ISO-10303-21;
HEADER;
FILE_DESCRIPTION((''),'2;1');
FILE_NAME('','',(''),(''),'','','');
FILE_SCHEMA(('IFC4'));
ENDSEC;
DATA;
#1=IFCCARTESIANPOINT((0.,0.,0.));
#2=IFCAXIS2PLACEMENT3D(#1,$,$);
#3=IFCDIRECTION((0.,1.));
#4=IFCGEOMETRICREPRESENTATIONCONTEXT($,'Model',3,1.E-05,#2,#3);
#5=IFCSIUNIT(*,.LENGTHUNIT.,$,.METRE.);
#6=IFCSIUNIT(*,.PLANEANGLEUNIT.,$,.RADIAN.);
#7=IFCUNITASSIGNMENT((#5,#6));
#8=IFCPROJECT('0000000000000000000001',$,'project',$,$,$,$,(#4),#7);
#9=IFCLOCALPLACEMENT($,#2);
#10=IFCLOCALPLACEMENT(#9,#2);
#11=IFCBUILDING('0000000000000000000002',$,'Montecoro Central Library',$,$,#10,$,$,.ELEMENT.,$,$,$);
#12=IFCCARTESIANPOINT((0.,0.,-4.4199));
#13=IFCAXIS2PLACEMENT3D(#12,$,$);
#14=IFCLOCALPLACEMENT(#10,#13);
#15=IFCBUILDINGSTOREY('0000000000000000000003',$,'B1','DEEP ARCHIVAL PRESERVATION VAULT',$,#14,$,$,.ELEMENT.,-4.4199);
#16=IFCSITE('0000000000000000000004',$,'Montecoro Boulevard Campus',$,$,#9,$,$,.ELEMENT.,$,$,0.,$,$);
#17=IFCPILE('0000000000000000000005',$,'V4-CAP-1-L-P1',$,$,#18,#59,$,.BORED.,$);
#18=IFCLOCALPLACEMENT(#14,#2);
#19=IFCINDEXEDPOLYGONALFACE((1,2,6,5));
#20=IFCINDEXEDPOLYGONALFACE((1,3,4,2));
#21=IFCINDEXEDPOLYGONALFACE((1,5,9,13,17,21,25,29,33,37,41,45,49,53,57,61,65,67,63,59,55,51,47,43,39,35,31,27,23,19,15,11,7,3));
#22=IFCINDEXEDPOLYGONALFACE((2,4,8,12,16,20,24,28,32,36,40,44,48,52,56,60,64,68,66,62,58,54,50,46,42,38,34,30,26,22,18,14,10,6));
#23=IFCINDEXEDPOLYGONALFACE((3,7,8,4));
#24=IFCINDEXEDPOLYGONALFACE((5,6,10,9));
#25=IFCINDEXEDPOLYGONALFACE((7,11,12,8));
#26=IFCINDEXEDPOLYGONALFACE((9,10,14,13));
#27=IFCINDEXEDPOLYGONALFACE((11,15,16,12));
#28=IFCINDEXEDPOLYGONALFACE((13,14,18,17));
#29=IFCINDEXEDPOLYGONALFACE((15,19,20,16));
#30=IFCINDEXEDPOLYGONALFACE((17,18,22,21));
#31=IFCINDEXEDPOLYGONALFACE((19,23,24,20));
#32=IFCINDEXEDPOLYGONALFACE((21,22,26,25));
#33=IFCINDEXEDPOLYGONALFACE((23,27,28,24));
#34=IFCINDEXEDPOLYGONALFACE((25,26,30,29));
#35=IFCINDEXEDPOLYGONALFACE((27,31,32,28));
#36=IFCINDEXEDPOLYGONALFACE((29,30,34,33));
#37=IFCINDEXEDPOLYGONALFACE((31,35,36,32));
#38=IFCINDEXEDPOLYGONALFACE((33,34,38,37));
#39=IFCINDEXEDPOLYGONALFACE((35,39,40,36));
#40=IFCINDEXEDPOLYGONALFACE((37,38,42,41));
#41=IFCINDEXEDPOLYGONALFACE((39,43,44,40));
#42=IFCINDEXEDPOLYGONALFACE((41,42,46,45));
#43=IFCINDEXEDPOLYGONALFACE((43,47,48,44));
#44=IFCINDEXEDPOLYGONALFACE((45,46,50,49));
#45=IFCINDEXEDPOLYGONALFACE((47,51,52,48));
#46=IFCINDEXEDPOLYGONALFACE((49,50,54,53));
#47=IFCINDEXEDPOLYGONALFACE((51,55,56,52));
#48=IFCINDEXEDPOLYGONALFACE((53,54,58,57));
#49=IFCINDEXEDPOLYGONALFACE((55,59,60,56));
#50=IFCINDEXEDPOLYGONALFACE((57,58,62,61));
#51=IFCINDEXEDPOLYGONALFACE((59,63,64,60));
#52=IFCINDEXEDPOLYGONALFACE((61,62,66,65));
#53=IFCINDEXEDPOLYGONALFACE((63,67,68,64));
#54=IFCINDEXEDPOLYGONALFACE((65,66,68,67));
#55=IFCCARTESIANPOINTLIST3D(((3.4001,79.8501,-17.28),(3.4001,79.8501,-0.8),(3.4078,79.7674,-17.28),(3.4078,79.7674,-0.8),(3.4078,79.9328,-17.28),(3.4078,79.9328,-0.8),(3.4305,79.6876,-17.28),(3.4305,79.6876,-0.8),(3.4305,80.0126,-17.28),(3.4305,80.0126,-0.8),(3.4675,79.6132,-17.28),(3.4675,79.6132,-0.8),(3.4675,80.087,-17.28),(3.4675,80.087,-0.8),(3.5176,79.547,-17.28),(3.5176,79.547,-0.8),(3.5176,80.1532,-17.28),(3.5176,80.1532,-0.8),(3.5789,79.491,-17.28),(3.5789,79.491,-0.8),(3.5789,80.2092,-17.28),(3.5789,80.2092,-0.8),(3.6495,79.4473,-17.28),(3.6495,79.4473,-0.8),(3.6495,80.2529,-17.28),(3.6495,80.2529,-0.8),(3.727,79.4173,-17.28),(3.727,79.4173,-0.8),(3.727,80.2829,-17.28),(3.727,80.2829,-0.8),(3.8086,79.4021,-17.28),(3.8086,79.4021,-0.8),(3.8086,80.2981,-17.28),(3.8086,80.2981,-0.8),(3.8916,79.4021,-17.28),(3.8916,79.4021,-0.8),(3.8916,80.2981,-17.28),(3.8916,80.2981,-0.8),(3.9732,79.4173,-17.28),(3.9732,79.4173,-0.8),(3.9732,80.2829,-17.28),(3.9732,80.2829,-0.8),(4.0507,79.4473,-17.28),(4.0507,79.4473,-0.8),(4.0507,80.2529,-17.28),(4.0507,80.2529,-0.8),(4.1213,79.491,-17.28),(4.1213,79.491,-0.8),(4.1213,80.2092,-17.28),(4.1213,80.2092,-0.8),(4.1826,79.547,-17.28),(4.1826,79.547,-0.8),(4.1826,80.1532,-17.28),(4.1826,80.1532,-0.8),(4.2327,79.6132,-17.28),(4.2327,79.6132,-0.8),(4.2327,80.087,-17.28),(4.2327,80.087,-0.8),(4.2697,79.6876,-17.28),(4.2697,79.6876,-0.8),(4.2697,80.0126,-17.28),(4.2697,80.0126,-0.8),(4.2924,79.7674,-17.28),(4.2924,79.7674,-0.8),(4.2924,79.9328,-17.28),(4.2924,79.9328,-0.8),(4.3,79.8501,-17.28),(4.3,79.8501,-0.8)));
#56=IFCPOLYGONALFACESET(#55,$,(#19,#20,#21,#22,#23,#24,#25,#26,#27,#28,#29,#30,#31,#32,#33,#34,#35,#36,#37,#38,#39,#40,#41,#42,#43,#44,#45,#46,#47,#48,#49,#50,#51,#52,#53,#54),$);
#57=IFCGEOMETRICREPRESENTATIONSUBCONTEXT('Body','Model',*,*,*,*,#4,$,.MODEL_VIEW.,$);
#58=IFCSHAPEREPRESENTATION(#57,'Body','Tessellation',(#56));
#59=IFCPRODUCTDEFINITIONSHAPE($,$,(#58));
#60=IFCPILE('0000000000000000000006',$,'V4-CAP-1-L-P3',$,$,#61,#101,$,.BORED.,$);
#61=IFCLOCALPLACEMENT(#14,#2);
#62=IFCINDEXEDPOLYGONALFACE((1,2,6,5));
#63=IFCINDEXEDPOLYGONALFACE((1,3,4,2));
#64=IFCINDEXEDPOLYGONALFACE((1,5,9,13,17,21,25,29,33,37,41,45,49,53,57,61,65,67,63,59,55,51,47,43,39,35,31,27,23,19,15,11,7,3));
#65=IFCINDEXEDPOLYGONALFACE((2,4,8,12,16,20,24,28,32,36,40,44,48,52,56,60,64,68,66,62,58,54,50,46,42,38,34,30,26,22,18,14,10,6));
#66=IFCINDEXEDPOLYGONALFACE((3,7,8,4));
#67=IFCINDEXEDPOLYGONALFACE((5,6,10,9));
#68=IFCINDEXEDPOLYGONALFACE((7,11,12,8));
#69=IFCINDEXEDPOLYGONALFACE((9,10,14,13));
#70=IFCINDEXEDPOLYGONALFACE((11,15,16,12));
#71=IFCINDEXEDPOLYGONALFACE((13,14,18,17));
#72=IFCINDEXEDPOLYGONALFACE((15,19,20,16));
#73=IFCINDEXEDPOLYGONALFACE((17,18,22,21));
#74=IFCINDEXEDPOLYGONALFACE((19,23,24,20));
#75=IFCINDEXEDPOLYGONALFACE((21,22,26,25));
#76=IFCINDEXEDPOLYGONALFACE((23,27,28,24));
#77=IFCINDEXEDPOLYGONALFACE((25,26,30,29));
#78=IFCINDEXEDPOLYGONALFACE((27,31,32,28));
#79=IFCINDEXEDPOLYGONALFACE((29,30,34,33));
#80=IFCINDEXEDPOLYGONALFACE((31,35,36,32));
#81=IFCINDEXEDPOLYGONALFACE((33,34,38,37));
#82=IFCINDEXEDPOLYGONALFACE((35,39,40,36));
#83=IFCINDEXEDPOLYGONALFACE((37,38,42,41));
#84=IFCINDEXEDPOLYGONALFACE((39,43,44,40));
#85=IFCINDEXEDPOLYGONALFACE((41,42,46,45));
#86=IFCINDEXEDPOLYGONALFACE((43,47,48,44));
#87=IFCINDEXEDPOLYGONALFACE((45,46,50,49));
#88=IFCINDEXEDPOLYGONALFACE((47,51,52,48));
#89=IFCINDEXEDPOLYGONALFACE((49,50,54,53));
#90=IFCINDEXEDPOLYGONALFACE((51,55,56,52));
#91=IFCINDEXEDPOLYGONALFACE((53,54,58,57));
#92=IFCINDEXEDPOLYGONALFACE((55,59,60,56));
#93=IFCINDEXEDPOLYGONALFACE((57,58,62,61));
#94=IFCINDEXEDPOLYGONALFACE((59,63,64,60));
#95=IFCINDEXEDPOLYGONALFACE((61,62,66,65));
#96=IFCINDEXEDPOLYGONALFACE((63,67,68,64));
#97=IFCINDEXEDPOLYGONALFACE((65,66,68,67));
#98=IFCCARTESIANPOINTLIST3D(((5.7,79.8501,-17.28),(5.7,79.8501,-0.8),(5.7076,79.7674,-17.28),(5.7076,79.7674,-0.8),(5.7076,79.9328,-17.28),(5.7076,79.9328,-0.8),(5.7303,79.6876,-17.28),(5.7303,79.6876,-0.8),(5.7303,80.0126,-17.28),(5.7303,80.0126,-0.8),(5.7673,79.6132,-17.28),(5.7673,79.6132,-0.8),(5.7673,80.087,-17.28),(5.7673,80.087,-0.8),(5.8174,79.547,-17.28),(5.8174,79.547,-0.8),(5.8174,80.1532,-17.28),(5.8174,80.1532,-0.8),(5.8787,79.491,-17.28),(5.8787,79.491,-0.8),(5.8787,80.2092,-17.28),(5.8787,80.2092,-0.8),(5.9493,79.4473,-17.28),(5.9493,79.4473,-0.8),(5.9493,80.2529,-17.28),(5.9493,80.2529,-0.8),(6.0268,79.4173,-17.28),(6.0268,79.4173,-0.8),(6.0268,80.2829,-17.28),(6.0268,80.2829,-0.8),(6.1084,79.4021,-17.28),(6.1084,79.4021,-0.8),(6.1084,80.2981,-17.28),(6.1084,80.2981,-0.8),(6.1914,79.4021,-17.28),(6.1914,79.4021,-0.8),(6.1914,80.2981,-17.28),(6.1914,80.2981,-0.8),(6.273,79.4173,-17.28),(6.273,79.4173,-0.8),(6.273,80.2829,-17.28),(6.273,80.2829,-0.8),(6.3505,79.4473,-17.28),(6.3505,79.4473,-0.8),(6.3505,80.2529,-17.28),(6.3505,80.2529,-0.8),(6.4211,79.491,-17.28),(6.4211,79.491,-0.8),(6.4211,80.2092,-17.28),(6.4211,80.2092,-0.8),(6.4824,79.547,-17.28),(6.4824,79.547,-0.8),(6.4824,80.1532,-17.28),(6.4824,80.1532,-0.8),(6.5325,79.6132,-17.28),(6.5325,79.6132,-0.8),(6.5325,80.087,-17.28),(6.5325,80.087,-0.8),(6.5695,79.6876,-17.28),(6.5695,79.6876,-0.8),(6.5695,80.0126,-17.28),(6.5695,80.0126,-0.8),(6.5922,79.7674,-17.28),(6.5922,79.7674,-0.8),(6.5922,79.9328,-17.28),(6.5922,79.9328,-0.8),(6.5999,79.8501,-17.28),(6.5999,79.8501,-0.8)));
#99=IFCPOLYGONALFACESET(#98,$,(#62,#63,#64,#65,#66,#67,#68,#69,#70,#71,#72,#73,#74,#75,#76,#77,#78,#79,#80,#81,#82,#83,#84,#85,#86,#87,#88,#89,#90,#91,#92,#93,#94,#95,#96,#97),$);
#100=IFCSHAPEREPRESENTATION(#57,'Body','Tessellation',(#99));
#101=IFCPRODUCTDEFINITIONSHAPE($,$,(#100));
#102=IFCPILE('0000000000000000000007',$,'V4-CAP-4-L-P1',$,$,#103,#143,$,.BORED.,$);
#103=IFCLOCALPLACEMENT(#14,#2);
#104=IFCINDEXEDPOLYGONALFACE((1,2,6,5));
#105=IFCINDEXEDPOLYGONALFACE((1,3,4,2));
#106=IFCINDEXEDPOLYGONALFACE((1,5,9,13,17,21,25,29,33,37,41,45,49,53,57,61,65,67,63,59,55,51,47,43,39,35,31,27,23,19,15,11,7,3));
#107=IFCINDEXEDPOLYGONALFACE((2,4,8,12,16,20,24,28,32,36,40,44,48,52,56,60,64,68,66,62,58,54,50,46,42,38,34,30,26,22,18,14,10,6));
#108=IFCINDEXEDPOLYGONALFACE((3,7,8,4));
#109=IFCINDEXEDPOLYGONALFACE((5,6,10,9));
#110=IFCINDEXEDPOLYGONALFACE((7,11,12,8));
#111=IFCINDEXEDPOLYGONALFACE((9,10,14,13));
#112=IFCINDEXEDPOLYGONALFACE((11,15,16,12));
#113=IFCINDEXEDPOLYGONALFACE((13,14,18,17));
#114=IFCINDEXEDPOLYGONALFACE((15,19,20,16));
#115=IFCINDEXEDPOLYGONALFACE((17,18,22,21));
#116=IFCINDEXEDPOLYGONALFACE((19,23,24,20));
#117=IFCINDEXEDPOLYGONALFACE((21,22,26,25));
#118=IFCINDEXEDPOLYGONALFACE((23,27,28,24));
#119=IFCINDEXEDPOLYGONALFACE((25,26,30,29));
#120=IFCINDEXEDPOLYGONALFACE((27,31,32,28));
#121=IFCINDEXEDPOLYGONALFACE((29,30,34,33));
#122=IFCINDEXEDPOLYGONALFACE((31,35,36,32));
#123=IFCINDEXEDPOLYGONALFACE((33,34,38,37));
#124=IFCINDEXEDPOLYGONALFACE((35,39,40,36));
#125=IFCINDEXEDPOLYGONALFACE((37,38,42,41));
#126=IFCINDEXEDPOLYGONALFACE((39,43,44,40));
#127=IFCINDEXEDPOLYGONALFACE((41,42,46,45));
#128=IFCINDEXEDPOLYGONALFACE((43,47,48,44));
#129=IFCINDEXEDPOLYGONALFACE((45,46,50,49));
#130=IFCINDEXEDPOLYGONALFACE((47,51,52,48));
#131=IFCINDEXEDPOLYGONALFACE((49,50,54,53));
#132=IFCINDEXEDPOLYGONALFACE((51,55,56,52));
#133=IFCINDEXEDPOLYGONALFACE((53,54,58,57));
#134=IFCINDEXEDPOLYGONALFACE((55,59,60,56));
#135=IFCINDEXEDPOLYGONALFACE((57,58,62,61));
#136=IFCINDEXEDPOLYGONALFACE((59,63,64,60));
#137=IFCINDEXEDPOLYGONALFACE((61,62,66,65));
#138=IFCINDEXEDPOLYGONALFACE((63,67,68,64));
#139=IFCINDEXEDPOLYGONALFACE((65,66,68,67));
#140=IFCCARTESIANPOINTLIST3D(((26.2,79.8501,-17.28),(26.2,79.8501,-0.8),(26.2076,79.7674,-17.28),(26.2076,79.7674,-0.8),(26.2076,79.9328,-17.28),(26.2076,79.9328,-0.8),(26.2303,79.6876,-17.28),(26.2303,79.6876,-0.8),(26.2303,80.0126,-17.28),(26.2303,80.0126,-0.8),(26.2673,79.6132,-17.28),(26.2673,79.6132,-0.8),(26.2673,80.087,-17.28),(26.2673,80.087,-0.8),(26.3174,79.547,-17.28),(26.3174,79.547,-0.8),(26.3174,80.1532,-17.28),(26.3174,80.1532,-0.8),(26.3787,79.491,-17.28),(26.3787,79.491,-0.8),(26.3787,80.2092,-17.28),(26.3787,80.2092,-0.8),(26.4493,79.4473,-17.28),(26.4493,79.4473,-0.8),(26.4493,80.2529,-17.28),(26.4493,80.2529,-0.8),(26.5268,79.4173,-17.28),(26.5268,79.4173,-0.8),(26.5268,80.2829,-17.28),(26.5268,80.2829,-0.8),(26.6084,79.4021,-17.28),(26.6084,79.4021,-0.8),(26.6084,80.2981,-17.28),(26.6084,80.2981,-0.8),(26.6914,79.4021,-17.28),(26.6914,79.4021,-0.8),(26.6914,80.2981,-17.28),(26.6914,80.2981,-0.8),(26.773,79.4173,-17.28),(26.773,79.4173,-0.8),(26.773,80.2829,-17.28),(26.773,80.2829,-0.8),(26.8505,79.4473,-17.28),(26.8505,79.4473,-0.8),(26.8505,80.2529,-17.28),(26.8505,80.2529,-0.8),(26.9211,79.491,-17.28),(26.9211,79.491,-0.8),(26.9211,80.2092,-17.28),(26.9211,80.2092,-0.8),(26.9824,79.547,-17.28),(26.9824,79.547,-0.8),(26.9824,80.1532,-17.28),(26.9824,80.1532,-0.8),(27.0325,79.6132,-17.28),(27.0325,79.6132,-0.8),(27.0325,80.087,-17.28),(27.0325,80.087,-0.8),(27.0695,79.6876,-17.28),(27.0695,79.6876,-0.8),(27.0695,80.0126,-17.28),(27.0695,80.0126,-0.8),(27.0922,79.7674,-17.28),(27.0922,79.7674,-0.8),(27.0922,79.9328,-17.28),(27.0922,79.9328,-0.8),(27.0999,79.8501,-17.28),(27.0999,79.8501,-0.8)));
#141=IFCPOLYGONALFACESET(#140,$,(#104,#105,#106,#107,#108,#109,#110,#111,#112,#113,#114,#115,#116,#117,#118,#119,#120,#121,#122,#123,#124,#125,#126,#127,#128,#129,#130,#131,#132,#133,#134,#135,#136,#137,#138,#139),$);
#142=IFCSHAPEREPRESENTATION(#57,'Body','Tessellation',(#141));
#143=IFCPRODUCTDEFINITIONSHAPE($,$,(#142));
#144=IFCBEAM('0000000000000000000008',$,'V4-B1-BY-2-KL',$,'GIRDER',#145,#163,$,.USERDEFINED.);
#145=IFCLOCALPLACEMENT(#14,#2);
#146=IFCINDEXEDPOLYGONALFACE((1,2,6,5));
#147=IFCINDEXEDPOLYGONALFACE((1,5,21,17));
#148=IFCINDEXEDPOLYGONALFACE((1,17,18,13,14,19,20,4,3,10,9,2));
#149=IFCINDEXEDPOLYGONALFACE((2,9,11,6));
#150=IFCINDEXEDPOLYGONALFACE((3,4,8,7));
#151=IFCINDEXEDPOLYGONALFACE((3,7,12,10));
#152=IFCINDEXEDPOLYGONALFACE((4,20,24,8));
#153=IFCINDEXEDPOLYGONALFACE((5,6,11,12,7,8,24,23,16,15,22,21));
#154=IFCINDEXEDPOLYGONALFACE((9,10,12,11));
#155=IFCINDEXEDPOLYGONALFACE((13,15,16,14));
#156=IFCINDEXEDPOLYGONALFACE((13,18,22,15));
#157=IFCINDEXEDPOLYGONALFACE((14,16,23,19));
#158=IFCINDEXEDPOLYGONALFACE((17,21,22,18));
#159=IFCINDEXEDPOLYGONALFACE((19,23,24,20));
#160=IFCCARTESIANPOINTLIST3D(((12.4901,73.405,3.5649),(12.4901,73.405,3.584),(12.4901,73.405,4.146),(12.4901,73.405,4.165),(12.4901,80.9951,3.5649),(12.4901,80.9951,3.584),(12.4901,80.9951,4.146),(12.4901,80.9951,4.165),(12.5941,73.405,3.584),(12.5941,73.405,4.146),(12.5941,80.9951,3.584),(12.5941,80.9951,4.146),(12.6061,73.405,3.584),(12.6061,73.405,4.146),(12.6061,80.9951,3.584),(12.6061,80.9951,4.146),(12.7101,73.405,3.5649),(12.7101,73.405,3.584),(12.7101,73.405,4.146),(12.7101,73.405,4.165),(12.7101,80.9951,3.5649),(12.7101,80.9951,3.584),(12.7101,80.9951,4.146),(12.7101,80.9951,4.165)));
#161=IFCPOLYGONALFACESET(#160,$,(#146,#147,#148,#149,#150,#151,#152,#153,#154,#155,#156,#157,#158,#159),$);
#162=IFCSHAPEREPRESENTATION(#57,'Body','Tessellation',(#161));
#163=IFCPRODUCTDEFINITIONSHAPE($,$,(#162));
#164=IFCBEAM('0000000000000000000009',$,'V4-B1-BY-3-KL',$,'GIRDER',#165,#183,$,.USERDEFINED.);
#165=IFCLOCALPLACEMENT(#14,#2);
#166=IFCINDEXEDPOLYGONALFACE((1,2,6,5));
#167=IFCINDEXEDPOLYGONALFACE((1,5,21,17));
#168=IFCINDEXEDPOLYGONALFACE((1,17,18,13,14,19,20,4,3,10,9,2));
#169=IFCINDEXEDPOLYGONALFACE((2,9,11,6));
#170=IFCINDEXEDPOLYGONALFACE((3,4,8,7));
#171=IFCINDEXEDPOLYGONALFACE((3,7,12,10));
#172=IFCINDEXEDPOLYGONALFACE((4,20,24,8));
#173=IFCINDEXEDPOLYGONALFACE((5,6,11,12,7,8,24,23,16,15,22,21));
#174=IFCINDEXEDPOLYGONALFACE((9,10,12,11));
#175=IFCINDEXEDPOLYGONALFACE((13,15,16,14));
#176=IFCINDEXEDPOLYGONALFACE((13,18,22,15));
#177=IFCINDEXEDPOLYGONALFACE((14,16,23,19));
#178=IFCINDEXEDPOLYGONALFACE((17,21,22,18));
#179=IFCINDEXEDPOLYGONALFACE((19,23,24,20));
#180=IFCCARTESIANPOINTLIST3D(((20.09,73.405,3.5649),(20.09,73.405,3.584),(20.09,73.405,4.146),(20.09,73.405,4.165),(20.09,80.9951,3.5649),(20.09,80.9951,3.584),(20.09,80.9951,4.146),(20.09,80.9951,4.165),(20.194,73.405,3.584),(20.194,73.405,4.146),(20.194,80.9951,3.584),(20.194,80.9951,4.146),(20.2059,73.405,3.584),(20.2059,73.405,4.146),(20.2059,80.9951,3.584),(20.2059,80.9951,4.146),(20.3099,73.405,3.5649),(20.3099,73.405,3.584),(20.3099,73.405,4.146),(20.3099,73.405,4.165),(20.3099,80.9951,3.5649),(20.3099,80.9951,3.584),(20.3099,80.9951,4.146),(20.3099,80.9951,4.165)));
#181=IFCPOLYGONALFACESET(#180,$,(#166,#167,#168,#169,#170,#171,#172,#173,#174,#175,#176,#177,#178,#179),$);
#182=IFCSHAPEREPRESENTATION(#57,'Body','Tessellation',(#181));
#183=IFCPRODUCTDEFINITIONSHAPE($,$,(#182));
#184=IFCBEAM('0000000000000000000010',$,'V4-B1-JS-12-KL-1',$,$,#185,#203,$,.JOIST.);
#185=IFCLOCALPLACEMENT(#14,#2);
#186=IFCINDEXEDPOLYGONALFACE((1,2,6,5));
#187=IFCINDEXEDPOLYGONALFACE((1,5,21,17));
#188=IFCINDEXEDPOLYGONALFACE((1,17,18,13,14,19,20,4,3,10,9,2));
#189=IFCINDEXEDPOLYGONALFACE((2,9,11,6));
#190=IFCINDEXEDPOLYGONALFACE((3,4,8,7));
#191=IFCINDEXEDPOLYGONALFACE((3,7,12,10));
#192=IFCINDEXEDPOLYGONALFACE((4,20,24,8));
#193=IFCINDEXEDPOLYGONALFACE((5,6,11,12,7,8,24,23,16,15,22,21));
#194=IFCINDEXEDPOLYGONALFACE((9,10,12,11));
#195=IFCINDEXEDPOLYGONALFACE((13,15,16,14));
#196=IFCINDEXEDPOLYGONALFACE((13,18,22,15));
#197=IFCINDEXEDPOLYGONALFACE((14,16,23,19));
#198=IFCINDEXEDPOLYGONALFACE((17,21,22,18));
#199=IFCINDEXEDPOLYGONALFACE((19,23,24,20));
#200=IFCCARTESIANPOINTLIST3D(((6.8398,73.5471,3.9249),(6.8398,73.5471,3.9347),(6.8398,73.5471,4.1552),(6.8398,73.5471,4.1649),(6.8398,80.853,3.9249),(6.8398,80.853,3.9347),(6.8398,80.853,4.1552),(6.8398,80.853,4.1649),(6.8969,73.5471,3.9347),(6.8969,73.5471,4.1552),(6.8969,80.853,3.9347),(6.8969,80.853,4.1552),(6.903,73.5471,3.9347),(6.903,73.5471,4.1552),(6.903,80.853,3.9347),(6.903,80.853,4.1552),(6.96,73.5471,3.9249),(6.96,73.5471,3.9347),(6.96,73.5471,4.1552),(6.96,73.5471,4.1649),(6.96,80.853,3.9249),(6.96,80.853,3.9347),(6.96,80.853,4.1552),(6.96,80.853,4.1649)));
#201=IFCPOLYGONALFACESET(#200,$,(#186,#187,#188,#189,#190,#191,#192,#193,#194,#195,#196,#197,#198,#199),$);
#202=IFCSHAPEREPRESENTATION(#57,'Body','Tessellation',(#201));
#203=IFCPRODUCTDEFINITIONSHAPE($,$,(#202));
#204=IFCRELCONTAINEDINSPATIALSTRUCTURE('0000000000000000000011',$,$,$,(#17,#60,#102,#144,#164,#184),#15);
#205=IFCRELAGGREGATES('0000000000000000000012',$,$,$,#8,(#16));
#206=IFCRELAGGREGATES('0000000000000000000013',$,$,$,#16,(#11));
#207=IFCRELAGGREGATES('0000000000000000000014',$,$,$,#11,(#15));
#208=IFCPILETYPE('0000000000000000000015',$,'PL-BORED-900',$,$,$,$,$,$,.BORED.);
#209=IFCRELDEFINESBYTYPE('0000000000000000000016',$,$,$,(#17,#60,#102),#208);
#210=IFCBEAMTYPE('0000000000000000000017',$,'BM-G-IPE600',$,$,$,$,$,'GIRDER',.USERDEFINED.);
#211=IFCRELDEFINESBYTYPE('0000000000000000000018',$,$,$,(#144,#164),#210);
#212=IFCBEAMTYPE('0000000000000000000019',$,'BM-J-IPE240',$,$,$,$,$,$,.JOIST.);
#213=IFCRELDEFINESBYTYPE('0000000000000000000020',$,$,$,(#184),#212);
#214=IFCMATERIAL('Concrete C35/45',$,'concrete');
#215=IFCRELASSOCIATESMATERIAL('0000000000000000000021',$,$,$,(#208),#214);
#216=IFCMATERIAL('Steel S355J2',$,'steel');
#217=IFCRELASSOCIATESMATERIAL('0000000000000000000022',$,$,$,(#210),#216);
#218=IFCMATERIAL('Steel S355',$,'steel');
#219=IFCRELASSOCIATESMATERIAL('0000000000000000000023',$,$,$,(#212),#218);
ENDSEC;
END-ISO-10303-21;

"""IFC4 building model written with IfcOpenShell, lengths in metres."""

from ifc_helpers import new_model, si_unit, direction, frame, origin, origin_2d, place, context, subcontext, project, spatial, circle, i_section, extrude, material, material_profile, profile_set, type_object, element, save


model = new_model("IFC4")

# Units and contexts
model_context = context("Model", 3, precision=1e-05, world=origin(), true_north=direction((0.0, 1.0)))
body_context = subcontext(model_context, "Body", "Model", "MODEL_VIEW")
ifc_project = project(units=[si_unit("LENGTHUNIT", "METRE"), si_unit("PLANEANGLEUNIT", "RADIAN")], contexts=[model_context])

# Site, building, storey
site_placement = place(None, origin())
site = spatial("IfcSite", under=ifc_project, at=site_placement, Name="Montecoro Boulevard Campus", CompositionType="ELEMENT", RefElevation=0.0)
building_placement = place(site_placement, origin())
building = spatial("IfcBuilding", under=site, at=building_placement, Name="Montecoro Central Library", CompositionType="ELEMENT")
storey_placement = place(building_placement, frame((0.0, 0.0, -4.4199)))
storey = spatial("IfcBuildingStorey", under=building, at=storey_placement, Name="B1", Description="DEEP ARCHIVAL PRESERVATION VAULT", CompositionType="ELEMENT", Elevation=-4.4199)

# Shared definitions
ifc_material_1 = material(Name="Concrete C35/45", Category="concrete")

# Piles
ifc_material_profile_1 = material_profile(ifc_material_1, circle(Radius=0.45, at=origin_2d()), Name="PILE D900")
ifc_profile_set_1 = profile_set([ifc_material_profile_1], Name="Concrete C35/45")
pile_type_1 = type_object("IfcPileType", Name="PL-BORED-900", PredefinedType="BORED", material=ifc_profile_set_1)
for number, where, z_axis, x_axis, name in (
    (1, (3.8501, 79.8501, -0.8), (0.0, 0.0, -1.0), (1.0, 0.0, 0.0), "V4-CAP-1-L-P1"),
    (2, (6.1499, 79.8501, -0.8), (0.0, 0.0, -1.0), (1.0, 0.0, 0.0), "V4-CAP-1-L-P3"),
    (3, (26.6499, 79.8501, -0.8), (0.0, 0.0, -1.0), (1.0, 0.0, 0.0), "V4-CAP-4-L-P1"),
):
    element("IfcPile", number, at=place(storey_placement, frame(where, z_axis=z_axis, x_axis=x_axis)), inside=storey, type_object=pile_type_1, Name=name, PredefinedType="BORED", context=body_context, shape_type="SweptSolid", body=[
        extrude(circle(Radius=0.45, at=origin_2d()), origin(), (0.0, 0.0, 1.0), 16.48),
    ])

# Beams
ifc_material_2 = material(Name="Steel S355J2", Category="steel")
ifc_material_profile_2 = material_profile(ifc_material_2, i_section(OverallWidth=0.22, OverallDepth=0.6001, WebThickness=0.012, FlangeThickness=0.019, at=origin_2d()), Name="IPE 600")
ifc_profile_set_2 = profile_set([ifc_material_profile_2], Name="Steel S355J2")
beam_type_1 = type_object("IfcBeamType", Name="BM-G-IPE600", ElementType="GIRDER", PredefinedType="USERDEFINED", material=ifc_profile_set_2)
for number, where, z_axis, x_axis, name in (
    (4, (12.6001, 73.405, 3.865), (0.0, 1.0, 0.0), (-1.0, 0.0, 0.0), "V4-B1-BY-2-KL"),
    (5, (20.2, 73.405, 3.865), (0.0, 1.0, 0.0), (-1.0, 0.0, 0.0), "V4-B1-BY-3-KL"),
):
    element("IfcBeam", number, at=place(storey_placement, frame(where, z_axis=z_axis, x_axis=x_axis)), inside=storey, type_object=beam_type_1, Name=name, ObjectType="GIRDER", PredefinedType="USERDEFINED", context=body_context, shape_type="SweptSolid", body=[
        extrude(i_section(OverallWidth=0.22, OverallDepth=0.6001, WebThickness=0.012, FlangeThickness=0.019, at=origin_2d()), origin(), (0.0, 0.0, 1.0), 7.5901),
    ])
ifc_material_3 = material(Name="Steel S355", Category="steel")
ifc_material_profile_3 = material_profile(ifc_material_3, i_section(OverallWidth=0.1201, OverallDepth=0.24, WebThickness=0.0061, FlangeThickness=0.0098, at=origin_2d()), Name="IPE 240")
ifc_profile_set_3 = profile_set([ifc_material_profile_3], Name="Steel S355")
beam_type_2 = type_object("IfcBeamType", Name="BM-J-IPE240", PredefinedType="JOIST", material=ifc_profile_set_3)
for number, where, z_axis, x_axis, name in (
    (6, (6.8999, 73.5471, 4.0449), (0.0, 1.0, 0.0), (-1.0, 0.0, 0.0), "V4-B1-JS-12-KL-1"),
):
    element("IfcBeam", number, at=place(storey_placement, frame(where, z_axis=z_axis, x_axis=x_axis)), inside=storey, type_object=beam_type_2, Name=name, PredefinedType="JOIST", context=body_context, shape_type="SweptSolid", body=[
        extrude(i_section(OverallWidth=0.1201, OverallDepth=0.24, WebThickness=0.0061, FlangeThickness=0.0098, at=origin_2d()), origin(), (0.0, 0.0, 1.0), 7.3059),
    ])

save(model, "model.ifc")
